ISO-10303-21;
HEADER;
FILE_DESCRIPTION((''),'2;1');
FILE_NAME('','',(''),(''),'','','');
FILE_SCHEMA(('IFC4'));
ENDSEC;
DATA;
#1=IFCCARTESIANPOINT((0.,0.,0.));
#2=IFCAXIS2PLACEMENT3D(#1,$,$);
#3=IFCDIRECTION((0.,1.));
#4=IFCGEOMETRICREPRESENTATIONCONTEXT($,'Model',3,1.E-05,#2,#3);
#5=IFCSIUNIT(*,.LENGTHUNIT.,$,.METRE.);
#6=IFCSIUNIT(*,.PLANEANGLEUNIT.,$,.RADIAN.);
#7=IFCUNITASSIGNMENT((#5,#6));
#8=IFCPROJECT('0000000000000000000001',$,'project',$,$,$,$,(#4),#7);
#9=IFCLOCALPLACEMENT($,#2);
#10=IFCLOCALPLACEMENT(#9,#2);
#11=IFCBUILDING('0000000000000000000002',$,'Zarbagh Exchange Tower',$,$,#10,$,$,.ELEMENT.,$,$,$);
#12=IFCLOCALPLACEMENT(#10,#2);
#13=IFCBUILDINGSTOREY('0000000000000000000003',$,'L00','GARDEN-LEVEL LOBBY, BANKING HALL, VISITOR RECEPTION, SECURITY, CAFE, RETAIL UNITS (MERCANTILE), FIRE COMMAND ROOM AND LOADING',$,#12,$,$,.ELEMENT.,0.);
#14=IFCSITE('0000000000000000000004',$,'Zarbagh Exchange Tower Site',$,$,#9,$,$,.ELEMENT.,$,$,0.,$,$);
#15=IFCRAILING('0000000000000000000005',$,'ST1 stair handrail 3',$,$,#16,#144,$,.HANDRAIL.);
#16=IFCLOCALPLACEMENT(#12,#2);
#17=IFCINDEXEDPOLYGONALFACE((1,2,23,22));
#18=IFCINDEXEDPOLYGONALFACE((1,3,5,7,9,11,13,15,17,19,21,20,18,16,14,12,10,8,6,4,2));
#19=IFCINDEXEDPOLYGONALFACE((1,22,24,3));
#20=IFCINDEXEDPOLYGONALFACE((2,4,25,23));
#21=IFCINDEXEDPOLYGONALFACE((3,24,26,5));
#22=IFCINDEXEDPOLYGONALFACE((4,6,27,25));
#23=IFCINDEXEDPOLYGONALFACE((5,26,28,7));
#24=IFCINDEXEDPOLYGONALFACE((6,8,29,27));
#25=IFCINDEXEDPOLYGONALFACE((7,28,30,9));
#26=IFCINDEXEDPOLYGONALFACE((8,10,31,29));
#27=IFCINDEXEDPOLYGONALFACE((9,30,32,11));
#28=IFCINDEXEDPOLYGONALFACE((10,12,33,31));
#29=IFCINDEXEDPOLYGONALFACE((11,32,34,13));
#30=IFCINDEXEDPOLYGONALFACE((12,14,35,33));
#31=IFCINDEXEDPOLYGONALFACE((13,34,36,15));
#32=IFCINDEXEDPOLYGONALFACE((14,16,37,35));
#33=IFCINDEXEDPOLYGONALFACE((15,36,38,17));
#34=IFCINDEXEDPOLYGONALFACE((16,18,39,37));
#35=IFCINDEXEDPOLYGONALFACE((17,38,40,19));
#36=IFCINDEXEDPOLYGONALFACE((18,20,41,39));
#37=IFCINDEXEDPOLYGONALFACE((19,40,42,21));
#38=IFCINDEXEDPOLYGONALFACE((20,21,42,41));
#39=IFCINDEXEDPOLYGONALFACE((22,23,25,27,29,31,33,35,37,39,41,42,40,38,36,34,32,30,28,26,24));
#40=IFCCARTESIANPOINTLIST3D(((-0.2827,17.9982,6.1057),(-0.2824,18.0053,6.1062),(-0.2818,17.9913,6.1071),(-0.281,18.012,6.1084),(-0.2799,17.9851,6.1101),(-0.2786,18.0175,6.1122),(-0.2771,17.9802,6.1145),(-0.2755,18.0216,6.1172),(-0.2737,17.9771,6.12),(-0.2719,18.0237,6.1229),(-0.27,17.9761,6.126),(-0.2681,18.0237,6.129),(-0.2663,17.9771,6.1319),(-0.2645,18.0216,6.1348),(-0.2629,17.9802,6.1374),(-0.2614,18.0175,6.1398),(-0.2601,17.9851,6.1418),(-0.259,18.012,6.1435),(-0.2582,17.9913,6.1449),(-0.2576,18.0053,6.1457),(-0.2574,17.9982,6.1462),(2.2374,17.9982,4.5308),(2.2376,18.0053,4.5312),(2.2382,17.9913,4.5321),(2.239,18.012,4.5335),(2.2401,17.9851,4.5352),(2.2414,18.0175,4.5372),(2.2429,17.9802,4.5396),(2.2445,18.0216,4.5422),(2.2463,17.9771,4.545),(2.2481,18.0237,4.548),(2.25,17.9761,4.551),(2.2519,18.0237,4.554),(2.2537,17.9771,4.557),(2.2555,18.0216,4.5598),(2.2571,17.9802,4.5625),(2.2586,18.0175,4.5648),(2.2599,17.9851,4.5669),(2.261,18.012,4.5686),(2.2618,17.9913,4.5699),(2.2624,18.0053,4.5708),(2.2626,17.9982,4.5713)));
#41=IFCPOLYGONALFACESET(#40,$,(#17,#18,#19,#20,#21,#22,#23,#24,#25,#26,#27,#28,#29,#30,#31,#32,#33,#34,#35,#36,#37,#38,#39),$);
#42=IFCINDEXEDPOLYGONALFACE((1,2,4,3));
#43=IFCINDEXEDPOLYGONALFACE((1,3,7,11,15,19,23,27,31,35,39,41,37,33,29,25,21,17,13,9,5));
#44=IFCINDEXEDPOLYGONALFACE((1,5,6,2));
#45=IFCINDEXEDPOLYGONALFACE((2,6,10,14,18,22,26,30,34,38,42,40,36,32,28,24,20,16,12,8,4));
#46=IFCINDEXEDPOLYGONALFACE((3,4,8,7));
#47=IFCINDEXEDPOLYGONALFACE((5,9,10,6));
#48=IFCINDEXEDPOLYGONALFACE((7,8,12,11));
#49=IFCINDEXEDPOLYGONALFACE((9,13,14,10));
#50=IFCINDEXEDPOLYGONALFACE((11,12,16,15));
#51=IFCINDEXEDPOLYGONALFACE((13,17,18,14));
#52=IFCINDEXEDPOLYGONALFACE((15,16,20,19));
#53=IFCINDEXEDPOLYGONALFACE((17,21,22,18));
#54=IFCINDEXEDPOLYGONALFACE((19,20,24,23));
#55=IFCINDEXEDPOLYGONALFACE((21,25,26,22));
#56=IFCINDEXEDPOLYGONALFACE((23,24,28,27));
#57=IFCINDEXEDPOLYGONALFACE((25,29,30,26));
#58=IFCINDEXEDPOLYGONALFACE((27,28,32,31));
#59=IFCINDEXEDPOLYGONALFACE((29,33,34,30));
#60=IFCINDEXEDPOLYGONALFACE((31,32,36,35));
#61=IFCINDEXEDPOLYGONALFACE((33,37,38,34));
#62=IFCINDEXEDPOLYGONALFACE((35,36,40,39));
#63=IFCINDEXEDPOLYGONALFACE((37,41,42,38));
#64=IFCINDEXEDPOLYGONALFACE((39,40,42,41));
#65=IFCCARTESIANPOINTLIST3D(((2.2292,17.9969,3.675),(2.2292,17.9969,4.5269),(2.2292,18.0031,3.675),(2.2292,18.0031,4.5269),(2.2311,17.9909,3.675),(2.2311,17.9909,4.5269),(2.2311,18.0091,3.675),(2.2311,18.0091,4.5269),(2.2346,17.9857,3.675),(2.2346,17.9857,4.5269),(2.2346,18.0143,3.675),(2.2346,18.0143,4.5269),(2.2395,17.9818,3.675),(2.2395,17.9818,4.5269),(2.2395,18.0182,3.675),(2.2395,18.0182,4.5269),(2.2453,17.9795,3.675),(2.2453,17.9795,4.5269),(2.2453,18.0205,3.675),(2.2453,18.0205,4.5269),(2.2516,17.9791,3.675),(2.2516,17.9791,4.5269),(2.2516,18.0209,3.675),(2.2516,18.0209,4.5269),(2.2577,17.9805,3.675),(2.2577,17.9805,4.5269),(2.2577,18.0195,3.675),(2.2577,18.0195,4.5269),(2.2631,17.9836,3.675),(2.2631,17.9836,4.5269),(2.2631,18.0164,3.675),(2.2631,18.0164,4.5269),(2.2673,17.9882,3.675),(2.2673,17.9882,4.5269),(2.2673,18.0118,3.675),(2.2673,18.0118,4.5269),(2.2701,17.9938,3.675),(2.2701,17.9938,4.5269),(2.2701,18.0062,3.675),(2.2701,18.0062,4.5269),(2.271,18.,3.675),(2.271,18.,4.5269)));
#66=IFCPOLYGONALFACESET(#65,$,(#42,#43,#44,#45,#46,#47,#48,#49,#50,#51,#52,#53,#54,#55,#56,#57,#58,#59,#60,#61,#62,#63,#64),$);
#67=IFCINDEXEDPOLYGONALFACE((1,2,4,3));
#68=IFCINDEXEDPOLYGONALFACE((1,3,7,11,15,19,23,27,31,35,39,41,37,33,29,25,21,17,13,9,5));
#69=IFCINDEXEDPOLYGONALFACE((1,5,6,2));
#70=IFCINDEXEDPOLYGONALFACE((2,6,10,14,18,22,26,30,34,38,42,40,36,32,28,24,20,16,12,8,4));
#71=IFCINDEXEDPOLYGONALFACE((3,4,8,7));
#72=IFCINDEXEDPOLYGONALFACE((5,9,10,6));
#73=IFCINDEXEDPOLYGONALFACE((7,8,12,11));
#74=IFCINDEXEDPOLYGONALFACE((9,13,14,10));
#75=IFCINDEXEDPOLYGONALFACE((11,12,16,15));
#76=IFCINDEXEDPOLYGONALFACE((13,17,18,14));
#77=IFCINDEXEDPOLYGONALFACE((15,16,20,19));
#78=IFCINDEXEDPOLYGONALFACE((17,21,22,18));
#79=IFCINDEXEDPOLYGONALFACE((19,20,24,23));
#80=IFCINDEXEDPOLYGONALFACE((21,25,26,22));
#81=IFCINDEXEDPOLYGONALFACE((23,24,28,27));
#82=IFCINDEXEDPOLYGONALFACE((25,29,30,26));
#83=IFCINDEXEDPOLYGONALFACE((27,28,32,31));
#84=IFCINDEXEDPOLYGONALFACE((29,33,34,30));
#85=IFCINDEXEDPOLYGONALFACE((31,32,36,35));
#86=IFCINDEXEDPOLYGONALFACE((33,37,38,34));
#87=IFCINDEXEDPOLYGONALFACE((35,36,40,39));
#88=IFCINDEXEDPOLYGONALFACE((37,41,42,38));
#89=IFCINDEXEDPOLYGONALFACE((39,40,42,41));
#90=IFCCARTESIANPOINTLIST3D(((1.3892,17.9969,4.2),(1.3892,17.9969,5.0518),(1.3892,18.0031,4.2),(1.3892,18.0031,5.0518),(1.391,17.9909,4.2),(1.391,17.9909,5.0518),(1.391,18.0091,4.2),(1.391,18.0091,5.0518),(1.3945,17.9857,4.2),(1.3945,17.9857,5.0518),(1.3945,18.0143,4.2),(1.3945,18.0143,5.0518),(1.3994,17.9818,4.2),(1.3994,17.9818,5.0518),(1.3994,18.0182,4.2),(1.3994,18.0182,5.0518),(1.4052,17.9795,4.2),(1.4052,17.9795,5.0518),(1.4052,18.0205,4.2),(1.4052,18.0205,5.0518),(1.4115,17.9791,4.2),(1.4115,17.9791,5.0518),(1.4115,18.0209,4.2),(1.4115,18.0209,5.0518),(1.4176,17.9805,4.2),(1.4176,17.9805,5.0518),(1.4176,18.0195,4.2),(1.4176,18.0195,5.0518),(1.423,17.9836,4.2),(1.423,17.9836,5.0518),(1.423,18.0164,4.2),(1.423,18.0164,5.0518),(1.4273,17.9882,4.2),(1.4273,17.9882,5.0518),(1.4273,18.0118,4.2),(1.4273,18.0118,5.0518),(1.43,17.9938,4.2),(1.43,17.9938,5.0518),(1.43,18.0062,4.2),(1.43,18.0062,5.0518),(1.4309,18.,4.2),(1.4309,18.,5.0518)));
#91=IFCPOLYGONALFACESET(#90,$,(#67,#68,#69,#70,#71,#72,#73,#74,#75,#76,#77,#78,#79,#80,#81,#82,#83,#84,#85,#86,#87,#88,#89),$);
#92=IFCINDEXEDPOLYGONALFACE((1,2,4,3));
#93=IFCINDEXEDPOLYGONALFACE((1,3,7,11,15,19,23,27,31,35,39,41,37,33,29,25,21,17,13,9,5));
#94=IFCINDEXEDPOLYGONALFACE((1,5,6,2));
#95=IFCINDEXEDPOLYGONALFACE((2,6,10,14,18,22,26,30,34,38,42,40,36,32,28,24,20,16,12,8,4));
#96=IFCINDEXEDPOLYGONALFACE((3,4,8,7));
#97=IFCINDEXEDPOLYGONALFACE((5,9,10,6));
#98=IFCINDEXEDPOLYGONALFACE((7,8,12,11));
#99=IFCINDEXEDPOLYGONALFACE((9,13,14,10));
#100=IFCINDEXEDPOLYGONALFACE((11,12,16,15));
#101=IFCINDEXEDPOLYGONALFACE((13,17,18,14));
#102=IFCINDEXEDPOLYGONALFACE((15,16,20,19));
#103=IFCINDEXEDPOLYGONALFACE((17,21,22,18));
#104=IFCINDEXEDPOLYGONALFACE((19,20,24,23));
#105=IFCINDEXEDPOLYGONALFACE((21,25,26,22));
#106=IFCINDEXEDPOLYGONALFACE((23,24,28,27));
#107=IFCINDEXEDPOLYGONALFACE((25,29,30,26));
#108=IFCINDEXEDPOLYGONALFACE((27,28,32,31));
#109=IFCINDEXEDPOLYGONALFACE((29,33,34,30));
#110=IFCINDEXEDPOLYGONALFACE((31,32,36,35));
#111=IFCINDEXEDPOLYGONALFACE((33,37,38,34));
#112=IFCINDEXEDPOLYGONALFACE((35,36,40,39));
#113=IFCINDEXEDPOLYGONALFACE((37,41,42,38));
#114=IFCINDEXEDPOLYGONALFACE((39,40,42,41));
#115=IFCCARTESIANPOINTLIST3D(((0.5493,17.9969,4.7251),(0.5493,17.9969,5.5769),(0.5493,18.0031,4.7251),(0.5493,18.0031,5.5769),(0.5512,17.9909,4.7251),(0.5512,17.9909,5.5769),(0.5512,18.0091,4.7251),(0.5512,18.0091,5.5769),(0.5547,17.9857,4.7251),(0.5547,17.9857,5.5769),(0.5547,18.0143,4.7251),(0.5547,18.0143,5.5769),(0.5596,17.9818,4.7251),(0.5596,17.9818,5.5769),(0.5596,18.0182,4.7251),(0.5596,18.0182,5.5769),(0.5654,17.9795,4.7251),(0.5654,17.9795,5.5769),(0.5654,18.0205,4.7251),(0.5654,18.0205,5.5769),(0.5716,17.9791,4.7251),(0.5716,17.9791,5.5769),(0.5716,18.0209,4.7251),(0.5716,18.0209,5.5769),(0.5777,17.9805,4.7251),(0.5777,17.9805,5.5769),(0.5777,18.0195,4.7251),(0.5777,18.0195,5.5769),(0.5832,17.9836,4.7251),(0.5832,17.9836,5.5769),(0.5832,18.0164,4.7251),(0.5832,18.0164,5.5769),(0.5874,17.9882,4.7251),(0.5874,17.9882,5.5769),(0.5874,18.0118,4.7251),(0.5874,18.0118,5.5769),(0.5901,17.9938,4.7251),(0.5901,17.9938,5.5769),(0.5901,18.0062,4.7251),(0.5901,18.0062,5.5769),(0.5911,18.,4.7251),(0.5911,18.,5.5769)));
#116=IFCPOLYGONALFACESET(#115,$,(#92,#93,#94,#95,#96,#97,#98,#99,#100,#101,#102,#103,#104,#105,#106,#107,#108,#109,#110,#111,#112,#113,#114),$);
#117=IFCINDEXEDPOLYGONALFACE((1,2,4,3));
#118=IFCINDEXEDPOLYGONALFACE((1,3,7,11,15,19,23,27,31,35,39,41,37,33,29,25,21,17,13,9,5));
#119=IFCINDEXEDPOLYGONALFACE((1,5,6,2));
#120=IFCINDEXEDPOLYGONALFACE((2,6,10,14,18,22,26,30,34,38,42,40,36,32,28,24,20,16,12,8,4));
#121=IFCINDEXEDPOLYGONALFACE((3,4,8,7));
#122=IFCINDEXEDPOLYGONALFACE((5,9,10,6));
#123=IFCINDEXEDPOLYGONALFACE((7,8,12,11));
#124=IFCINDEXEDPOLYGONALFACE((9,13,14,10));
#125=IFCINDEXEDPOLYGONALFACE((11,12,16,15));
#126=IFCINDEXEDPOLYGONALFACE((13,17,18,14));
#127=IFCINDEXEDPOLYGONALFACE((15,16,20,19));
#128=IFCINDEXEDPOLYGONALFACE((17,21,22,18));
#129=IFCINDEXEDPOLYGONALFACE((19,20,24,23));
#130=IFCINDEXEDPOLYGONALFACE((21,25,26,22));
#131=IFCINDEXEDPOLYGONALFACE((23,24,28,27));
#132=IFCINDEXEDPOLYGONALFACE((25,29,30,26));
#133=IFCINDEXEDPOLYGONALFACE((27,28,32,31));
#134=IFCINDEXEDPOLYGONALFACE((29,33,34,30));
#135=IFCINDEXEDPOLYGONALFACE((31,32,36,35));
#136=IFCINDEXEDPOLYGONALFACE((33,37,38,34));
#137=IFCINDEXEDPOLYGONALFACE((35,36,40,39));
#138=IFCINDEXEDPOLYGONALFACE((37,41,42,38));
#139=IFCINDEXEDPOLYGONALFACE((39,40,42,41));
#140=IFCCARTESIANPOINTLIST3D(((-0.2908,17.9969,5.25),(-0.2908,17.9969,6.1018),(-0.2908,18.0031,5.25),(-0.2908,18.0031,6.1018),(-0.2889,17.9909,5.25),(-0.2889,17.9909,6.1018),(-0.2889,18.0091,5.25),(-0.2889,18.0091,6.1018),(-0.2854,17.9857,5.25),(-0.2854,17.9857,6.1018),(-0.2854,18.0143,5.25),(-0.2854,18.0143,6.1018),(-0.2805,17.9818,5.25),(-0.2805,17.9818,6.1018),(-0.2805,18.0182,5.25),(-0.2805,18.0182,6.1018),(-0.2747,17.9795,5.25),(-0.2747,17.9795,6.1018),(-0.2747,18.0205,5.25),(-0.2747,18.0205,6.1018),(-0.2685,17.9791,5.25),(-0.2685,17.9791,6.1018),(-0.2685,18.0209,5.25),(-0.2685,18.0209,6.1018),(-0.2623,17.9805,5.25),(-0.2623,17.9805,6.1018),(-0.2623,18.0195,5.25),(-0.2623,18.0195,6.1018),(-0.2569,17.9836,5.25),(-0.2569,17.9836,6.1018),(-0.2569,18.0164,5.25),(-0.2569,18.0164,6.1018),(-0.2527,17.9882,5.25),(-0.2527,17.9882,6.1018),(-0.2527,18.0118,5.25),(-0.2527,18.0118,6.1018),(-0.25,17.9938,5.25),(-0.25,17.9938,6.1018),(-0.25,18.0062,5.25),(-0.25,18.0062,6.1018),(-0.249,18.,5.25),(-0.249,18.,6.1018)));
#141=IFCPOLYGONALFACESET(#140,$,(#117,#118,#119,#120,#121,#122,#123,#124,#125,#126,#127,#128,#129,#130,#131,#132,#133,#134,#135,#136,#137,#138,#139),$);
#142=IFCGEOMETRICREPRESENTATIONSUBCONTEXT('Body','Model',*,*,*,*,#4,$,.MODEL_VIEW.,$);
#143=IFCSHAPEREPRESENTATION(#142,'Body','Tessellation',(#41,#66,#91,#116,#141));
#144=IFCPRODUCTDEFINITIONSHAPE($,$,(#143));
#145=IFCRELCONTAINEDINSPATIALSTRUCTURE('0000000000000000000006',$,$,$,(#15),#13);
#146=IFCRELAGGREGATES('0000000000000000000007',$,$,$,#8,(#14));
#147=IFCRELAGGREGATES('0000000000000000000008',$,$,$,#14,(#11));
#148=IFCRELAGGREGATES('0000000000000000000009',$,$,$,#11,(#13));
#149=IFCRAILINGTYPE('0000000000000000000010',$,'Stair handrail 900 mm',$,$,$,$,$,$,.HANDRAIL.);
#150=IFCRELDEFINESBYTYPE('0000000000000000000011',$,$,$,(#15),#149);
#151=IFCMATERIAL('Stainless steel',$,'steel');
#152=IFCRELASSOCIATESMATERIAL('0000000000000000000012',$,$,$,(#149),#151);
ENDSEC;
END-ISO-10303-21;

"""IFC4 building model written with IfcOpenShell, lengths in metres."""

from ifc_helpers import new_model, si_unit, direction, frame, origin, origin_2d, place, context, subcontext, project, spatial, circle, extrude, material, type_object, element, save


model = new_model("IFC4")

# Units and contexts
model_context = context("Model", 3, precision=1e-05, world=origin(), true_north=direction((0.0, 1.0)))
body_context = subcontext(model_context, "Body", "Model", "MODEL_VIEW")
ifc_project = project(units=[si_unit("LENGTHUNIT", "METRE"), si_unit("PLANEANGLEUNIT", "RADIAN")], contexts=[model_context])

# Site, building, storey
site_placement = place(None, origin())
site = spatial("IfcSite", under=ifc_project, at=site_placement, Name="Zarbagh Exchange Tower Site", CompositionType="ELEMENT", RefElevation=0.0)
building_placement = place(site_placement, origin())
building = spatial("IfcBuilding", under=site, at=building_placement, Name="Zarbagh Exchange Tower", CompositionType="ELEMENT")
storey_placement = place(building_placement, origin())
storey = spatial("IfcBuildingStorey", under=building, at=storey_placement, Name="L00", Description="GARDEN-LEVEL LOBBY, BANKING HALL, VISITOR RECEPTION, SECURITY, CAFE, RETAIL UNITS (MERCANTILE), FIRE COMMAND ROOM AND LOADING", CompositionType="ELEMENT", Elevation=0.0)

# Railing
ifc_material_1 = material(Name="Stainless steel", Category="steel")
railing_type_1 = type_object("IfcRailingType", Name="Stair handrail 900 mm", PredefinedType="HANDRAIL", material=ifc_material_1)
for number, where, name in (
    (1, (2.25, 18.0, 3.675), "ST1 stair handrail 3"),
):
    element("IfcRailing", number, at=place(storey_placement, frame(where)), inside=storey, type_object=railing_type_1, Name=name, PredefinedType="HANDRAIL", context=body_context, shape_type="SweptSolid", body=[
        extrude(circle(Radius=0.0239, at=origin_2d()), frame((0.0, 0.0, 0.876), z_axis=(-0.848008, 0.0, 0.529984), x_axis=(0.0, -1.0, 0.0)), (0.0, 0.0, 1.0), 2.9717),
        extrude(circle(Radius=0.021, at=origin_2d()), origin(), (0.0, 0.0, 1.0), 0.8518),
        extrude(circle(Radius=0.021, at=origin_2d()), frame((-0.8401, 0.0, 0.5249)), (0.0, 0.0, 1.0), 0.8518),
        extrude(circle(Radius=0.021, at=origin_2d()), frame((-1.6799, 0.0, 1.05)), (0.0, 0.0, 1.0), 0.8518),
        extrude(circle(Radius=0.021, at=origin_2d()), frame((-2.52, 0.0, 1.575)), (0.0, 0.0, 1.0), 0.8518),
    ])

save(model, "model.ifc")
